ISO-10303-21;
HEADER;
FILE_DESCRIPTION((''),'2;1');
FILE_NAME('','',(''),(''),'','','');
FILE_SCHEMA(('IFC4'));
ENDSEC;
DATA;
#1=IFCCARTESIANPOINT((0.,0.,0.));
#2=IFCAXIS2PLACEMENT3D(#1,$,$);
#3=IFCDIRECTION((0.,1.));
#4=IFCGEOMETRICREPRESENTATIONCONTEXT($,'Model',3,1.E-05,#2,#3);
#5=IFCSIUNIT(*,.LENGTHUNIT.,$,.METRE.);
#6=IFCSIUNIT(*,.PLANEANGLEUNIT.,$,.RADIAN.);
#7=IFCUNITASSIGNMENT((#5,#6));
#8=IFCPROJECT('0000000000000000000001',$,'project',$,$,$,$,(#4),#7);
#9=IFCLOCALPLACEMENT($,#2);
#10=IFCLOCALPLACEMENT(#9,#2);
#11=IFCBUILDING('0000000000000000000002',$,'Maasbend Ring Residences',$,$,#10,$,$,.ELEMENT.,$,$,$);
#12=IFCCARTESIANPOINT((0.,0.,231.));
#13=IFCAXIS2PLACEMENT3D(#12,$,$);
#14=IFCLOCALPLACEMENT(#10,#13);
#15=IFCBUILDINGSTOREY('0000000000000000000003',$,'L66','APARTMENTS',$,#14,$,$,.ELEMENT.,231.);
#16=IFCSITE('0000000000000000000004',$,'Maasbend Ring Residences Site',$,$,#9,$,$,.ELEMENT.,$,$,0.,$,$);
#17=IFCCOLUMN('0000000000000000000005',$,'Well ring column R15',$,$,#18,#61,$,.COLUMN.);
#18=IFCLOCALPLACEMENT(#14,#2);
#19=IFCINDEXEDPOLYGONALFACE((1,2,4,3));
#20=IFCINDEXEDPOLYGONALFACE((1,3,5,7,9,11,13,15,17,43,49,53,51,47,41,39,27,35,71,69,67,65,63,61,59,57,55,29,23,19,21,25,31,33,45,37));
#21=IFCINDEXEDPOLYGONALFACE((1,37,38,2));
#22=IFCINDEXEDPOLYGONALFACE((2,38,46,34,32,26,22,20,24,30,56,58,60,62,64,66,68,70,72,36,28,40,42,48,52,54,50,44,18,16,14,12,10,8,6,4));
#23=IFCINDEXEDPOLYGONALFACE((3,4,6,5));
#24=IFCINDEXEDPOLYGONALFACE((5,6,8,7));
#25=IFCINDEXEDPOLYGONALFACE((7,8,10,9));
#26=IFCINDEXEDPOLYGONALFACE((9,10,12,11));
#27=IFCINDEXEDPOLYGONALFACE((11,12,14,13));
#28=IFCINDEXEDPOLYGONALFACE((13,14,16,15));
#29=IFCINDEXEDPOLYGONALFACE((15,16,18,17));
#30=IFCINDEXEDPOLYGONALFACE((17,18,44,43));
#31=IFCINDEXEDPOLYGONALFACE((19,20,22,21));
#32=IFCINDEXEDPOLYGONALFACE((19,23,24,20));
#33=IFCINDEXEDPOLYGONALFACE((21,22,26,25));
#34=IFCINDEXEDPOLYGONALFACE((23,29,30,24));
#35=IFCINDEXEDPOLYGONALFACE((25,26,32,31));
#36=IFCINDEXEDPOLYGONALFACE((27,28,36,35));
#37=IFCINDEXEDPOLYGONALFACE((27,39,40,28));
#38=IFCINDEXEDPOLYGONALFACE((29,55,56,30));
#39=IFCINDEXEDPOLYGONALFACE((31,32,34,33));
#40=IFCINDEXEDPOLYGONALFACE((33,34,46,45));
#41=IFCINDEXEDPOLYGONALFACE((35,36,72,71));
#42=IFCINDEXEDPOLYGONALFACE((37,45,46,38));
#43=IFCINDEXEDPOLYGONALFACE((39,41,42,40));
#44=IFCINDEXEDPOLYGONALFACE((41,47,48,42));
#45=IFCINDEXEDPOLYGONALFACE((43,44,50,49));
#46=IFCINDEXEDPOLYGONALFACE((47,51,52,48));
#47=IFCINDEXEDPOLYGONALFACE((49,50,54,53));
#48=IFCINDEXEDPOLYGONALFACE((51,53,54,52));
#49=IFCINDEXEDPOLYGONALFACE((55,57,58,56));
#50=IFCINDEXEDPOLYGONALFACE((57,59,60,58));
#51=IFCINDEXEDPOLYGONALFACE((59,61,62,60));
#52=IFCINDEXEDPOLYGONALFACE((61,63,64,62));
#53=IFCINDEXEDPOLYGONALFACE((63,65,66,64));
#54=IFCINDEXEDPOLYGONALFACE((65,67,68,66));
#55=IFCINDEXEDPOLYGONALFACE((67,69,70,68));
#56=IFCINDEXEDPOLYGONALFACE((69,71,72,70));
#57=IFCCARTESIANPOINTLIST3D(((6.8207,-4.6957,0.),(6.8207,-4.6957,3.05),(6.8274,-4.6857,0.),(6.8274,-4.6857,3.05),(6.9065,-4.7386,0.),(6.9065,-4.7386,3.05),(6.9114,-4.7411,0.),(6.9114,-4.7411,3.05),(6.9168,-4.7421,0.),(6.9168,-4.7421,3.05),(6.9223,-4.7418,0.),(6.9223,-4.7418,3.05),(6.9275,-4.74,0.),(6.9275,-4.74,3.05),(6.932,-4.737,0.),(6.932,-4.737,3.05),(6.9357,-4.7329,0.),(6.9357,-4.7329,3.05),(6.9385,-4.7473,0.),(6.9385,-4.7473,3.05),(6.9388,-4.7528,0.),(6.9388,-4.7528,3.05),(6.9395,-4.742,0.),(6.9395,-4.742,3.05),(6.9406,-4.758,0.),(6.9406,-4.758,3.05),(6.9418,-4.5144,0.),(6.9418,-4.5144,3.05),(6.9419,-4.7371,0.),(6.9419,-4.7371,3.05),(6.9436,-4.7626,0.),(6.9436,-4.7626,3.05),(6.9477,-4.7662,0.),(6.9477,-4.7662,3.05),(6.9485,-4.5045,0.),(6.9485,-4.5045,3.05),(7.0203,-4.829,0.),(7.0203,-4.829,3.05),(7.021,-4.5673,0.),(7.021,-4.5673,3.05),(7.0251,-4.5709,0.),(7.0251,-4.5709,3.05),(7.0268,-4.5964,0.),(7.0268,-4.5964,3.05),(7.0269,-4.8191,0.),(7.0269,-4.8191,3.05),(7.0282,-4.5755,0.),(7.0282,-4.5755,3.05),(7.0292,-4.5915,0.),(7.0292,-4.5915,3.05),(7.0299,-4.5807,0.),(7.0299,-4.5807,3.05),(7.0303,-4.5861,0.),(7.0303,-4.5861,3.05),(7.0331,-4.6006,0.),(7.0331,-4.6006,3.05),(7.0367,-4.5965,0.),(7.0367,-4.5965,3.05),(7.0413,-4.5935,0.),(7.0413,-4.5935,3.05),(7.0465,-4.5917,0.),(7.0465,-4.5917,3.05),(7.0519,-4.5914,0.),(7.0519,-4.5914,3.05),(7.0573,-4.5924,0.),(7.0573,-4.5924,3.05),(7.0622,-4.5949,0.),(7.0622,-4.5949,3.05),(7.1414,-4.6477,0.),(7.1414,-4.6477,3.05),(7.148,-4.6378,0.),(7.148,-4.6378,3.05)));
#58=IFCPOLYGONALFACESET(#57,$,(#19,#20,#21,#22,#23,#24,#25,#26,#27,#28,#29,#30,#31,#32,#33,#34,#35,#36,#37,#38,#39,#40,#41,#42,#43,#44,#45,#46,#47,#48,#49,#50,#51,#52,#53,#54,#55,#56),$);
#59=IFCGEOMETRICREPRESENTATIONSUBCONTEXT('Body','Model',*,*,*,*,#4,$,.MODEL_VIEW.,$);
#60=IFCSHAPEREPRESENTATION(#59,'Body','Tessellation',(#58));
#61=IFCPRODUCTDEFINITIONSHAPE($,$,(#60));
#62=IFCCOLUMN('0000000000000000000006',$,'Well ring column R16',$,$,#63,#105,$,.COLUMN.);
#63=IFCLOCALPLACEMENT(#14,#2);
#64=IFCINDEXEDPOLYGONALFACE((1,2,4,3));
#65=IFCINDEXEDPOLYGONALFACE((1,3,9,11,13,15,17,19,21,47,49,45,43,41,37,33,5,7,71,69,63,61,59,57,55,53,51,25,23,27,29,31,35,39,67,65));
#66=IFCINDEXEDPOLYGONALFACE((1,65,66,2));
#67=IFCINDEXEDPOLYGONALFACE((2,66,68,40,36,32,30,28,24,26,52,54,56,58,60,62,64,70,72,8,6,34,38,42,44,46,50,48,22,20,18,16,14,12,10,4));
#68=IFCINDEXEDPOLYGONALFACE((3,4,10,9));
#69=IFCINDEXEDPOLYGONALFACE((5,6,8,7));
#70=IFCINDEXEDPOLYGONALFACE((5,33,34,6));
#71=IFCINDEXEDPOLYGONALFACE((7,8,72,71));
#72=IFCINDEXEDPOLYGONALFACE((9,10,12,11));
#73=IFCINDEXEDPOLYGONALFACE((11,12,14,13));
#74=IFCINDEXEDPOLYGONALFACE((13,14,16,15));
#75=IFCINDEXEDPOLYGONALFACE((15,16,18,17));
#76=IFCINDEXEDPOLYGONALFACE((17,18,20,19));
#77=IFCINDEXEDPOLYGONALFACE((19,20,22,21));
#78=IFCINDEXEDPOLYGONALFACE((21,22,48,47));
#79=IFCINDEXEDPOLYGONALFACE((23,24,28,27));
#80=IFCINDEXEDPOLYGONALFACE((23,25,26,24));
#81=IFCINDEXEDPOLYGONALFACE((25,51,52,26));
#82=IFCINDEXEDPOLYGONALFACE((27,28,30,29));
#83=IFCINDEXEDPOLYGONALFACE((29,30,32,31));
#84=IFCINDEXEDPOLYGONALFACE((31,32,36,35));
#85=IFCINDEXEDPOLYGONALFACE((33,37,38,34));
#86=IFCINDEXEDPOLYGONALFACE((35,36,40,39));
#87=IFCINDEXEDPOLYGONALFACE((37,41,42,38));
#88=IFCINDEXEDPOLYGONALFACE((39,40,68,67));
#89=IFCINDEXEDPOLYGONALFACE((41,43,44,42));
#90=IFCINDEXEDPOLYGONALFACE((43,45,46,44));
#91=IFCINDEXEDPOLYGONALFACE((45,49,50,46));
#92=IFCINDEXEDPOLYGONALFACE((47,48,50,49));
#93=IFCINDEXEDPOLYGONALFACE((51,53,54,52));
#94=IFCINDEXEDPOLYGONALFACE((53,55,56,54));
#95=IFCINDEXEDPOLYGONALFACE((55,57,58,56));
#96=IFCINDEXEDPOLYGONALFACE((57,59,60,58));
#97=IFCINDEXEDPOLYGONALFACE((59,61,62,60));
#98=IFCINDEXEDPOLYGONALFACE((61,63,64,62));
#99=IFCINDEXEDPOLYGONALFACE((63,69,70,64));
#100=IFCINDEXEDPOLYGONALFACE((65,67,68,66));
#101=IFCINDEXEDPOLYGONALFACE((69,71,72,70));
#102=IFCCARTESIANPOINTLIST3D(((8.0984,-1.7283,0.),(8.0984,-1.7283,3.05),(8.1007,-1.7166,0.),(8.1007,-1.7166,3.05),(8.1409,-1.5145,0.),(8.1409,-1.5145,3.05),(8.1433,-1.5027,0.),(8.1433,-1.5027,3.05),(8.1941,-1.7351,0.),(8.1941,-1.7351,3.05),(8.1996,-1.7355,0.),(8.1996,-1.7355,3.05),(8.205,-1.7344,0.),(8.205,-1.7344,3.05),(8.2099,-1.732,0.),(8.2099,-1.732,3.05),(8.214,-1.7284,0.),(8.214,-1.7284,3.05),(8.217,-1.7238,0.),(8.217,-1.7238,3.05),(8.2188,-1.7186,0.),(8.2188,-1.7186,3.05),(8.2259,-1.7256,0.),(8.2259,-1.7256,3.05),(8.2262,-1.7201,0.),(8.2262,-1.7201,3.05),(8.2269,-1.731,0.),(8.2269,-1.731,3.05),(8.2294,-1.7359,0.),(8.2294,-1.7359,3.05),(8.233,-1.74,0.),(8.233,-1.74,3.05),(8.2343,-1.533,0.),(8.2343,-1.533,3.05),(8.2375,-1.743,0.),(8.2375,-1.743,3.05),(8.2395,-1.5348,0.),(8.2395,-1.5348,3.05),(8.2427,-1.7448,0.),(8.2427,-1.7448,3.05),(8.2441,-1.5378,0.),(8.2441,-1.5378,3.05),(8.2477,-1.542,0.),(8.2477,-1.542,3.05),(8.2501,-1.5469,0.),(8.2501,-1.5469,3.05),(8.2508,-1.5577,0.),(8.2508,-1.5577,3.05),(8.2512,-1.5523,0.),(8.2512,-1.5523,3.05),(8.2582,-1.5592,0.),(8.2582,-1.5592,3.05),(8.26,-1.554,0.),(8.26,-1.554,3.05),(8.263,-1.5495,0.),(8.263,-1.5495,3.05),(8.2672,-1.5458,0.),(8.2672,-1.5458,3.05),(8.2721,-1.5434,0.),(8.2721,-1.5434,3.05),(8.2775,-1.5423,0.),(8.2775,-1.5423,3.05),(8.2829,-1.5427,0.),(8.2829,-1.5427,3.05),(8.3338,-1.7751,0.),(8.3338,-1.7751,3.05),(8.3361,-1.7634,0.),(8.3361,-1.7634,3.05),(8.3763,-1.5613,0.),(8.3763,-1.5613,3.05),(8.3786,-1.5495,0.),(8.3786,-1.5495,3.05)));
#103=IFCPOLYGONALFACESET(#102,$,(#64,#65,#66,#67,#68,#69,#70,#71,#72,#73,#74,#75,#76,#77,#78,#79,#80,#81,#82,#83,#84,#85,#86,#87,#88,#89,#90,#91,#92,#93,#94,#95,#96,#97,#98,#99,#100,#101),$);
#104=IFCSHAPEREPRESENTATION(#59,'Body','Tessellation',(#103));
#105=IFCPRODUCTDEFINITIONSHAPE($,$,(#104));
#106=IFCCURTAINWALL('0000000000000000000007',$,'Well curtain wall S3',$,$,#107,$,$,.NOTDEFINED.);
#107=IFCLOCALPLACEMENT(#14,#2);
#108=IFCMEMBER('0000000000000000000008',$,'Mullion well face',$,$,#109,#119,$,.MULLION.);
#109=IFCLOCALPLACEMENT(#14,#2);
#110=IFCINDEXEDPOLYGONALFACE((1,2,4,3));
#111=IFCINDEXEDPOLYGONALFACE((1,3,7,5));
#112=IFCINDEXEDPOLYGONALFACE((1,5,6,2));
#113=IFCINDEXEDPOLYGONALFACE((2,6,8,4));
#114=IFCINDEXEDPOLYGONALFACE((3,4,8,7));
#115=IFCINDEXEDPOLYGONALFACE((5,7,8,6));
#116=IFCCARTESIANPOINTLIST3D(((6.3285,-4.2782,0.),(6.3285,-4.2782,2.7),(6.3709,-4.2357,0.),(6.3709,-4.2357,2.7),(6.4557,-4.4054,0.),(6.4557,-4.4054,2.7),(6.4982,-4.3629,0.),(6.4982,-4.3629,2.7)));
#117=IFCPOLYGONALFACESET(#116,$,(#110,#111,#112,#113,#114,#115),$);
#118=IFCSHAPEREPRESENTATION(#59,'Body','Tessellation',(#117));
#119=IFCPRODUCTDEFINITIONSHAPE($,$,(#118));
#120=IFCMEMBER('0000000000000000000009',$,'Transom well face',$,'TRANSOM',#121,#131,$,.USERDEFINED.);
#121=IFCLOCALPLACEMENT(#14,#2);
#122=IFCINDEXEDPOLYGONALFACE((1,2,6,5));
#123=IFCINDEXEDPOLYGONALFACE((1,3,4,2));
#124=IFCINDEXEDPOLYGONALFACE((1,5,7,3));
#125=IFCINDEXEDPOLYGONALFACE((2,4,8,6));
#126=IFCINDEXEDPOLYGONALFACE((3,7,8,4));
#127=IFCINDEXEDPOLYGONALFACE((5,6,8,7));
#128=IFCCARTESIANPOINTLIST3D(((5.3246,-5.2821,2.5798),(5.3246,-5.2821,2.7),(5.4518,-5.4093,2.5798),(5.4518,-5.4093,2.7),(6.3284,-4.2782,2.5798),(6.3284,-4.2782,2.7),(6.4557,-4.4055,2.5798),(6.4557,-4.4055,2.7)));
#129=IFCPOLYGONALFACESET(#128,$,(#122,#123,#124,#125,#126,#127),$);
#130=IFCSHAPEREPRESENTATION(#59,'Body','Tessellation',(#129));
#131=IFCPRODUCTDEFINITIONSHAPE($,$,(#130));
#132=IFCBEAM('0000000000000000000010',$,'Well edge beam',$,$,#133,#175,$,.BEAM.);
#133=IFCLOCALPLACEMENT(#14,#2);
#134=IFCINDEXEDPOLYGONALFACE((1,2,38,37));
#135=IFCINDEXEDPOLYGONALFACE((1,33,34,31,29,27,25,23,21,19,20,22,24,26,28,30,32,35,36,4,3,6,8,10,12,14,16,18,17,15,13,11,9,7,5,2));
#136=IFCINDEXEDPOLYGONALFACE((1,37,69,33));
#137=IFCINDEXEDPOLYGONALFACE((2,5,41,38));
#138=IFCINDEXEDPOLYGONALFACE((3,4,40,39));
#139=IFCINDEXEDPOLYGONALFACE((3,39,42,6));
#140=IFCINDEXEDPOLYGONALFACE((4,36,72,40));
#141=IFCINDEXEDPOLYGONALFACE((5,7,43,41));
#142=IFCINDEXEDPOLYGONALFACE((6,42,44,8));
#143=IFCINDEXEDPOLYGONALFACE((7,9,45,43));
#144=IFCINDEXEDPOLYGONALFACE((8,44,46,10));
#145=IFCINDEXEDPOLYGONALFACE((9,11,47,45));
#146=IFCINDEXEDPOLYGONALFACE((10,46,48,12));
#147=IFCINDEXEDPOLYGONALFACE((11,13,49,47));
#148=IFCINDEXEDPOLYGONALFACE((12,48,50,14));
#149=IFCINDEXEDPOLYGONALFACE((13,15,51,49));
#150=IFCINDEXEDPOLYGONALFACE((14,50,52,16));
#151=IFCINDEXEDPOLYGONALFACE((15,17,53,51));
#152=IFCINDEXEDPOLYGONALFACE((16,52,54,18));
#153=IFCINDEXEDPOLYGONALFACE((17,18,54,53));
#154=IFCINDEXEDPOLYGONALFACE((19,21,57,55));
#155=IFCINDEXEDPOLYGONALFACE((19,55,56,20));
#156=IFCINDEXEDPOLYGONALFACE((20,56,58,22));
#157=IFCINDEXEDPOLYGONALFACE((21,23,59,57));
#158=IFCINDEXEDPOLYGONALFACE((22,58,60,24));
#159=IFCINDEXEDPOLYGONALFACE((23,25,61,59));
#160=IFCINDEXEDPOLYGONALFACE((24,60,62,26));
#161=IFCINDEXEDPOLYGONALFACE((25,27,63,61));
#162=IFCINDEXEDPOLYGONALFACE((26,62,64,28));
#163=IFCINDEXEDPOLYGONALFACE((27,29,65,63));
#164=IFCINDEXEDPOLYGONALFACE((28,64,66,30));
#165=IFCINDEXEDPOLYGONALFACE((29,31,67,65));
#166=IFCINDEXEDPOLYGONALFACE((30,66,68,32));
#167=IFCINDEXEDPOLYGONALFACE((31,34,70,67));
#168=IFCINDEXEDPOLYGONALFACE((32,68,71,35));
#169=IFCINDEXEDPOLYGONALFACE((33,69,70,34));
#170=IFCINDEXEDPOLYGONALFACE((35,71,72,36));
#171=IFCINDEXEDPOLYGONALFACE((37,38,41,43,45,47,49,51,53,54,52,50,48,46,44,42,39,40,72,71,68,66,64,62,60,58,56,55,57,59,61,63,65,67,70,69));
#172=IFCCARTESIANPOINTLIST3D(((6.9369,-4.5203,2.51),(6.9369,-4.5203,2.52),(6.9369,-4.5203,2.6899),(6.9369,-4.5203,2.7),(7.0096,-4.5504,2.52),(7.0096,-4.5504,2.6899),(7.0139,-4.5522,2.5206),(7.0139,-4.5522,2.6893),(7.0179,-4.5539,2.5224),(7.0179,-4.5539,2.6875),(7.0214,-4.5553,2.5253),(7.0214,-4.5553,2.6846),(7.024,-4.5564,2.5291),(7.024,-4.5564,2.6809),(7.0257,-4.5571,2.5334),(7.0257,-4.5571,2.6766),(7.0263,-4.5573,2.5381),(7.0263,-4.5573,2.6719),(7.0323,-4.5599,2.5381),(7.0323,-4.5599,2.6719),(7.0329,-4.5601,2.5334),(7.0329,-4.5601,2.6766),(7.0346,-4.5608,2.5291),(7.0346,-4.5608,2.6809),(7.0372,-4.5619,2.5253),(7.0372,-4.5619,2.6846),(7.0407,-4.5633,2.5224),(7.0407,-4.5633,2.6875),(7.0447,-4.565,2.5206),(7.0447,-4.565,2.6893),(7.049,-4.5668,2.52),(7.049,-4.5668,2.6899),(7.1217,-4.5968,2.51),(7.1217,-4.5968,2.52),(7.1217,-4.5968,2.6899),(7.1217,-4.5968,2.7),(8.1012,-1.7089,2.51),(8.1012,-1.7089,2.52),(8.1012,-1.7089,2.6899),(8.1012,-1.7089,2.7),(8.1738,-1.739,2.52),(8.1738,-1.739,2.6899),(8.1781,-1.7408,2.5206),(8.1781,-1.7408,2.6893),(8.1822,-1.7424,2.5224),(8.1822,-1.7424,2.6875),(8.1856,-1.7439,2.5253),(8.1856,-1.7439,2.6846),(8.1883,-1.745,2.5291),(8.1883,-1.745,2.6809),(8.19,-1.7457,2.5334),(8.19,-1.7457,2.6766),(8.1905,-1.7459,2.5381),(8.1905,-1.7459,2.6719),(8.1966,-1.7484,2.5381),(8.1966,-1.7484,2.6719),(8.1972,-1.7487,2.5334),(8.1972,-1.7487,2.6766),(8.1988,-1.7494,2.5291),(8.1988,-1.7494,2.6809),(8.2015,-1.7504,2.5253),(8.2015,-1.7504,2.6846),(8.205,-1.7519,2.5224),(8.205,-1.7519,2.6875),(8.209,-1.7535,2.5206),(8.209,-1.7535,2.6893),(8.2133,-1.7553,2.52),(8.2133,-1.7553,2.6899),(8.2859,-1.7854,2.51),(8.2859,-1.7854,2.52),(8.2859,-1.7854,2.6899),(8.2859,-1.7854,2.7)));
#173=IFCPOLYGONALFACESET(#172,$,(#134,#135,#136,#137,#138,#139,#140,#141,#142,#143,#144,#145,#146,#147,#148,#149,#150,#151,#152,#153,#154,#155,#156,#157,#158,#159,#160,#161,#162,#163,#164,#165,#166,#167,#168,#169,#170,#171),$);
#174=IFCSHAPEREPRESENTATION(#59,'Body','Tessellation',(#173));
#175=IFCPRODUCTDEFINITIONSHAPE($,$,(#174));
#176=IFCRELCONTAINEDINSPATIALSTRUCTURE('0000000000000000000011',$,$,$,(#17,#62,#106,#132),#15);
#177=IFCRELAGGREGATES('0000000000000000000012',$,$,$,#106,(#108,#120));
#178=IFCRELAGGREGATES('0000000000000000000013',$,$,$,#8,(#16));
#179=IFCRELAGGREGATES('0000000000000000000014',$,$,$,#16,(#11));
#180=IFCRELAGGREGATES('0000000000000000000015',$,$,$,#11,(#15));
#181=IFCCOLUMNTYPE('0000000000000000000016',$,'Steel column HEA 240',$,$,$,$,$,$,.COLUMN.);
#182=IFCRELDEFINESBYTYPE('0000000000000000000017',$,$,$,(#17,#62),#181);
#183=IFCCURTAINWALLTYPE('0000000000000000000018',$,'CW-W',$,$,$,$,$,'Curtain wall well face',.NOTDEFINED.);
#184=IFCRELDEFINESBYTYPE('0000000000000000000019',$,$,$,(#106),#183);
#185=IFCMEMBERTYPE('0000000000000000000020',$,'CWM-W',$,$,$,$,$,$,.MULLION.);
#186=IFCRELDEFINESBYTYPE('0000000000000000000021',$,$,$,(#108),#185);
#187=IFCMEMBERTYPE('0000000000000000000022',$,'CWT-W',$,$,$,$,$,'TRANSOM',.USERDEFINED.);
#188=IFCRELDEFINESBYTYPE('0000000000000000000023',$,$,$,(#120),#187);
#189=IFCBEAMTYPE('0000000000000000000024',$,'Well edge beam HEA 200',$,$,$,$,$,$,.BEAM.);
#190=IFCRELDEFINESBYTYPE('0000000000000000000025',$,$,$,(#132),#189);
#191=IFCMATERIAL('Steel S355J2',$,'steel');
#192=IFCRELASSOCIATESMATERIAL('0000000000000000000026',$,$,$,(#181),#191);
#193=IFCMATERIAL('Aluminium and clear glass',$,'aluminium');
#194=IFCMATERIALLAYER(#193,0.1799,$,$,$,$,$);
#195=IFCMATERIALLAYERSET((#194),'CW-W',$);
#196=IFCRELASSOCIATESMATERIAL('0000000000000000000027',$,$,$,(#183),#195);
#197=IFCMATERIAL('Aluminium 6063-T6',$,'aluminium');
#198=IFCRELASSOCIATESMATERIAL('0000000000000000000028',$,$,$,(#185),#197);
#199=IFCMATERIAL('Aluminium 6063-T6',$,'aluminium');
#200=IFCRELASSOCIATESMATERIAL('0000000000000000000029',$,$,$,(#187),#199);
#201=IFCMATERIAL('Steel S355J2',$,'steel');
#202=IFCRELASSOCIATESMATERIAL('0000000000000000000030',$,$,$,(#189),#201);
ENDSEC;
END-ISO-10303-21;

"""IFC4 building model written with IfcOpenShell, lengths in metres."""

from ifc_helpers import new_model, si_unit, direction, frame, origin, origin_2d, place, context, subcontext, project, spatial, rectangle, i_section, extrude, material, layer, layer_set, material_profile, profile_set, type_object, element, aggregate, save


model = new_model("IFC4")

# Units and contexts
model_context = context("Model", 3, precision=1e-05, world=origin(), true_north=direction((0.0, 1.0)))
body_context = subcontext(model_context, "Body", "Model", "MODEL_VIEW")
ifc_project = project(units=[si_unit("LENGTHUNIT", "METRE"), si_unit("PLANEANGLEUNIT", "RADIAN")], contexts=[model_context])

# Site, building, storey
site_placement = place(None, origin())
site = spatial("IfcSite", under=ifc_project, at=site_placement, Name="Maasbend Ring Residences Site", CompositionType="ELEMENT", RefElevation=0.0)
building_placement = place(site_placement, origin())
building = spatial("IfcBuilding", under=site, at=building_placement, Name="Maasbend Ring Residences", CompositionType="ELEMENT")
storey_placement = place(building_placement, frame((0.0, 0.0, 231.0)))
storey = spatial("IfcBuildingStorey", under=building, at=storey_placement, Name="L66", Description="APARTMENTS", CompositionType="ELEMENT", Elevation=231.0)

# Columns
ifc_material_1 = material(Name="Steel S355J2", Category="steel")
ifc_material_profile_1 = material_profile(ifc_material_1, i_section(OverallWidth=0.24, OverallDepth=0.23, WebThickness=0.0076, FlangeThickness=0.012, FilletRadius=0.021, at=origin_2d()), Name="HEA 240")
ifc_profile_set_1 = profile_set([ifc_material_profile_1], Name="Steel S355J2")
column_type = type_object("IfcColumnType", Name="Steel column HEA 240", PredefinedType="COLUMN", material=ifc_profile_set_1)
for number, where, z_axis, x_axis, name in (
    (1, (6.9844, -4.6667, 0.0), (0.0, 0.0, 1.0), (0.83147, -0.55557, 0.0), "Well ring column R15"),
    (2, (8.2385, -1.6389, 0.0), (0.0, 0.0, 1.0), (0.980785, -0.19509, 0.0), "Well ring column R16"),
):
    element("IfcColumn", number, at=place(storey_placement, frame(where, z_axis=z_axis, x_axis=x_axis)), inside=storey, type_object=column_type, Name=name, PredefinedType="COLUMN", context=body_context, shape_type="SweptSolid", body=[
        extrude(i_section(OverallWidth=0.24, OverallDepth=0.23, WebThickness=0.0076, FlangeThickness=0.012, FilletRadius=0.021, at=origin_2d()), origin(), (0.0, 0.0, 1.0), 3.05),
    ])

# Curtain wall, members
ifc_material_2 = material(Name="Aluminium and clear glass", Category="aluminium")
ifc_layer_1 = layer(ifc_material_2, 0.1799)
ifc_layer_set_1 = layer_set([ifc_layer_1], Name="CW-W")
curtain_wall_type = type_object("IfcCurtainWallType", Name="CW-W", ElementType="Curtain wall well face", PredefinedType="NOTDEFINED", material=ifc_layer_set_1)
curtain_wall_placement = place(storey_placement, origin())
curtain_wall = element("IfcCurtainWall", 3, at=curtain_wall_placement, inside=storey, type_object=curtain_wall_type, Name="Well curtain wall S3", PredefinedType="NOTDEFINED")
ifc_material_3 = material(Name="Aluminium 6063-T6", Category="aluminium")
ifc_material_profile_2 = material_profile(ifc_material_3, rectangle(XDim=0.1799, YDim=0.0601, at=origin_2d()), Name="AL 180x60")
ifc_profile_set_2 = profile_set([ifc_material_profile_2], Name="Aluminium 6063-T6")
member_type_1 = type_object("IfcMemberType", Name="CWM-W", PredefinedType="MULLION", material=ifc_profile_set_2)
member_1_placement = place(storey_placement, frame((6.4133, -4.3206, 0.0), z_axis=(0.0, 0.0, 1.0), x_axis=(-0.707107, 0.707107, 0.0)))
member_1 = element("IfcMember", 4, at=member_1_placement, type_object=member_type_1, Name="Mullion well face", PredefinedType="MULLION", context=body_context, shape_type="SweptSolid", body=[
    extrude(rectangle(XDim=0.1799, YDim=0.0601, at=origin_2d()), origin(), (0.0, 0.0, 1.0), 2.7),
])
ifc_material_4 = material(Name="Aluminium 6063-T6", Category="aluminium")
ifc_material_profile_3 = material_profile(ifc_material_4, rectangle(XDim=0.1799, YDim=0.1201, at=origin_2d()), Name="AL 180x120")
ifc_profile_set_3 = profile_set([ifc_material_profile_3], Name="Aluminium 6063-T6")
member_type_2 = type_object("IfcMemberType", Name="CWT-W", ElementType="TRANSOM", PredefinedType="USERDEFINED", material=ifc_profile_set_3)
member_2_placement = place(storey_placement, frame((5.3882, -5.3457, 2.6399), z_axis=(0.707107, 0.707107, 0.0), x_axis=(-0.707107, 0.707107, 0.0)))
member_2 = element("IfcMember", 5, at=member_2_placement, type_object=member_type_2, Name="Transom well face", ObjectType="TRANSOM", PredefinedType="USERDEFINED", context=body_context, shape_type="SweptSolid", body=[
    extrude(rectangle(XDim=0.1799, YDim=0.1201, at=origin_2d()), origin(), (0.0, 0.0, 1.0), 1.4197),
])

# Beam
ifc_material_5 = material(Name="Steel S355J2", Category="steel")
ifc_material_profile_4 = material_profile(ifc_material_5, i_section(OverallWidth=0.2, OverallDepth=0.1899, WebThickness=0.0066, FlangeThickness=0.01, FilletRadius=0.0181, at=origin_2d()), Name="HEA 200")
ifc_profile_set_4 = profile_set([ifc_material_profile_4], Name="Steel S355J2")
beam_type = type_object("IfcBeamType", Name="Well edge beam HEA 200", PredefinedType="BEAM", material=ifc_profile_set_4)
for number, where, z_axis, x_axis, name in (
    (6, (7.0293, -4.5586, 2.605), (0.382609, 0.92391, 0.0), (-0.92391, 0.382609, 0.0), "Well edge beam"),
):
    element("IfcBeam", number, at=place(storey_placement, frame(where, z_axis=z_axis, x_axis=x_axis)), inside=storey, type_object=beam_type, Name=name, PredefinedType="BEAM", context=body_context, shape_type="SweptSolid", body=[
        extrude(i_section(OverallWidth=0.2, OverallDepth=0.1899, WebThickness=0.0066, FlangeThickness=0.01, FilletRadius=0.0181, at=origin_2d()), origin(), (0.0, 0.0, 1.0), 3.043),
    ])

aggregate(curtain_wall, [member_1, member_2])

save(model, "model.ifc")
